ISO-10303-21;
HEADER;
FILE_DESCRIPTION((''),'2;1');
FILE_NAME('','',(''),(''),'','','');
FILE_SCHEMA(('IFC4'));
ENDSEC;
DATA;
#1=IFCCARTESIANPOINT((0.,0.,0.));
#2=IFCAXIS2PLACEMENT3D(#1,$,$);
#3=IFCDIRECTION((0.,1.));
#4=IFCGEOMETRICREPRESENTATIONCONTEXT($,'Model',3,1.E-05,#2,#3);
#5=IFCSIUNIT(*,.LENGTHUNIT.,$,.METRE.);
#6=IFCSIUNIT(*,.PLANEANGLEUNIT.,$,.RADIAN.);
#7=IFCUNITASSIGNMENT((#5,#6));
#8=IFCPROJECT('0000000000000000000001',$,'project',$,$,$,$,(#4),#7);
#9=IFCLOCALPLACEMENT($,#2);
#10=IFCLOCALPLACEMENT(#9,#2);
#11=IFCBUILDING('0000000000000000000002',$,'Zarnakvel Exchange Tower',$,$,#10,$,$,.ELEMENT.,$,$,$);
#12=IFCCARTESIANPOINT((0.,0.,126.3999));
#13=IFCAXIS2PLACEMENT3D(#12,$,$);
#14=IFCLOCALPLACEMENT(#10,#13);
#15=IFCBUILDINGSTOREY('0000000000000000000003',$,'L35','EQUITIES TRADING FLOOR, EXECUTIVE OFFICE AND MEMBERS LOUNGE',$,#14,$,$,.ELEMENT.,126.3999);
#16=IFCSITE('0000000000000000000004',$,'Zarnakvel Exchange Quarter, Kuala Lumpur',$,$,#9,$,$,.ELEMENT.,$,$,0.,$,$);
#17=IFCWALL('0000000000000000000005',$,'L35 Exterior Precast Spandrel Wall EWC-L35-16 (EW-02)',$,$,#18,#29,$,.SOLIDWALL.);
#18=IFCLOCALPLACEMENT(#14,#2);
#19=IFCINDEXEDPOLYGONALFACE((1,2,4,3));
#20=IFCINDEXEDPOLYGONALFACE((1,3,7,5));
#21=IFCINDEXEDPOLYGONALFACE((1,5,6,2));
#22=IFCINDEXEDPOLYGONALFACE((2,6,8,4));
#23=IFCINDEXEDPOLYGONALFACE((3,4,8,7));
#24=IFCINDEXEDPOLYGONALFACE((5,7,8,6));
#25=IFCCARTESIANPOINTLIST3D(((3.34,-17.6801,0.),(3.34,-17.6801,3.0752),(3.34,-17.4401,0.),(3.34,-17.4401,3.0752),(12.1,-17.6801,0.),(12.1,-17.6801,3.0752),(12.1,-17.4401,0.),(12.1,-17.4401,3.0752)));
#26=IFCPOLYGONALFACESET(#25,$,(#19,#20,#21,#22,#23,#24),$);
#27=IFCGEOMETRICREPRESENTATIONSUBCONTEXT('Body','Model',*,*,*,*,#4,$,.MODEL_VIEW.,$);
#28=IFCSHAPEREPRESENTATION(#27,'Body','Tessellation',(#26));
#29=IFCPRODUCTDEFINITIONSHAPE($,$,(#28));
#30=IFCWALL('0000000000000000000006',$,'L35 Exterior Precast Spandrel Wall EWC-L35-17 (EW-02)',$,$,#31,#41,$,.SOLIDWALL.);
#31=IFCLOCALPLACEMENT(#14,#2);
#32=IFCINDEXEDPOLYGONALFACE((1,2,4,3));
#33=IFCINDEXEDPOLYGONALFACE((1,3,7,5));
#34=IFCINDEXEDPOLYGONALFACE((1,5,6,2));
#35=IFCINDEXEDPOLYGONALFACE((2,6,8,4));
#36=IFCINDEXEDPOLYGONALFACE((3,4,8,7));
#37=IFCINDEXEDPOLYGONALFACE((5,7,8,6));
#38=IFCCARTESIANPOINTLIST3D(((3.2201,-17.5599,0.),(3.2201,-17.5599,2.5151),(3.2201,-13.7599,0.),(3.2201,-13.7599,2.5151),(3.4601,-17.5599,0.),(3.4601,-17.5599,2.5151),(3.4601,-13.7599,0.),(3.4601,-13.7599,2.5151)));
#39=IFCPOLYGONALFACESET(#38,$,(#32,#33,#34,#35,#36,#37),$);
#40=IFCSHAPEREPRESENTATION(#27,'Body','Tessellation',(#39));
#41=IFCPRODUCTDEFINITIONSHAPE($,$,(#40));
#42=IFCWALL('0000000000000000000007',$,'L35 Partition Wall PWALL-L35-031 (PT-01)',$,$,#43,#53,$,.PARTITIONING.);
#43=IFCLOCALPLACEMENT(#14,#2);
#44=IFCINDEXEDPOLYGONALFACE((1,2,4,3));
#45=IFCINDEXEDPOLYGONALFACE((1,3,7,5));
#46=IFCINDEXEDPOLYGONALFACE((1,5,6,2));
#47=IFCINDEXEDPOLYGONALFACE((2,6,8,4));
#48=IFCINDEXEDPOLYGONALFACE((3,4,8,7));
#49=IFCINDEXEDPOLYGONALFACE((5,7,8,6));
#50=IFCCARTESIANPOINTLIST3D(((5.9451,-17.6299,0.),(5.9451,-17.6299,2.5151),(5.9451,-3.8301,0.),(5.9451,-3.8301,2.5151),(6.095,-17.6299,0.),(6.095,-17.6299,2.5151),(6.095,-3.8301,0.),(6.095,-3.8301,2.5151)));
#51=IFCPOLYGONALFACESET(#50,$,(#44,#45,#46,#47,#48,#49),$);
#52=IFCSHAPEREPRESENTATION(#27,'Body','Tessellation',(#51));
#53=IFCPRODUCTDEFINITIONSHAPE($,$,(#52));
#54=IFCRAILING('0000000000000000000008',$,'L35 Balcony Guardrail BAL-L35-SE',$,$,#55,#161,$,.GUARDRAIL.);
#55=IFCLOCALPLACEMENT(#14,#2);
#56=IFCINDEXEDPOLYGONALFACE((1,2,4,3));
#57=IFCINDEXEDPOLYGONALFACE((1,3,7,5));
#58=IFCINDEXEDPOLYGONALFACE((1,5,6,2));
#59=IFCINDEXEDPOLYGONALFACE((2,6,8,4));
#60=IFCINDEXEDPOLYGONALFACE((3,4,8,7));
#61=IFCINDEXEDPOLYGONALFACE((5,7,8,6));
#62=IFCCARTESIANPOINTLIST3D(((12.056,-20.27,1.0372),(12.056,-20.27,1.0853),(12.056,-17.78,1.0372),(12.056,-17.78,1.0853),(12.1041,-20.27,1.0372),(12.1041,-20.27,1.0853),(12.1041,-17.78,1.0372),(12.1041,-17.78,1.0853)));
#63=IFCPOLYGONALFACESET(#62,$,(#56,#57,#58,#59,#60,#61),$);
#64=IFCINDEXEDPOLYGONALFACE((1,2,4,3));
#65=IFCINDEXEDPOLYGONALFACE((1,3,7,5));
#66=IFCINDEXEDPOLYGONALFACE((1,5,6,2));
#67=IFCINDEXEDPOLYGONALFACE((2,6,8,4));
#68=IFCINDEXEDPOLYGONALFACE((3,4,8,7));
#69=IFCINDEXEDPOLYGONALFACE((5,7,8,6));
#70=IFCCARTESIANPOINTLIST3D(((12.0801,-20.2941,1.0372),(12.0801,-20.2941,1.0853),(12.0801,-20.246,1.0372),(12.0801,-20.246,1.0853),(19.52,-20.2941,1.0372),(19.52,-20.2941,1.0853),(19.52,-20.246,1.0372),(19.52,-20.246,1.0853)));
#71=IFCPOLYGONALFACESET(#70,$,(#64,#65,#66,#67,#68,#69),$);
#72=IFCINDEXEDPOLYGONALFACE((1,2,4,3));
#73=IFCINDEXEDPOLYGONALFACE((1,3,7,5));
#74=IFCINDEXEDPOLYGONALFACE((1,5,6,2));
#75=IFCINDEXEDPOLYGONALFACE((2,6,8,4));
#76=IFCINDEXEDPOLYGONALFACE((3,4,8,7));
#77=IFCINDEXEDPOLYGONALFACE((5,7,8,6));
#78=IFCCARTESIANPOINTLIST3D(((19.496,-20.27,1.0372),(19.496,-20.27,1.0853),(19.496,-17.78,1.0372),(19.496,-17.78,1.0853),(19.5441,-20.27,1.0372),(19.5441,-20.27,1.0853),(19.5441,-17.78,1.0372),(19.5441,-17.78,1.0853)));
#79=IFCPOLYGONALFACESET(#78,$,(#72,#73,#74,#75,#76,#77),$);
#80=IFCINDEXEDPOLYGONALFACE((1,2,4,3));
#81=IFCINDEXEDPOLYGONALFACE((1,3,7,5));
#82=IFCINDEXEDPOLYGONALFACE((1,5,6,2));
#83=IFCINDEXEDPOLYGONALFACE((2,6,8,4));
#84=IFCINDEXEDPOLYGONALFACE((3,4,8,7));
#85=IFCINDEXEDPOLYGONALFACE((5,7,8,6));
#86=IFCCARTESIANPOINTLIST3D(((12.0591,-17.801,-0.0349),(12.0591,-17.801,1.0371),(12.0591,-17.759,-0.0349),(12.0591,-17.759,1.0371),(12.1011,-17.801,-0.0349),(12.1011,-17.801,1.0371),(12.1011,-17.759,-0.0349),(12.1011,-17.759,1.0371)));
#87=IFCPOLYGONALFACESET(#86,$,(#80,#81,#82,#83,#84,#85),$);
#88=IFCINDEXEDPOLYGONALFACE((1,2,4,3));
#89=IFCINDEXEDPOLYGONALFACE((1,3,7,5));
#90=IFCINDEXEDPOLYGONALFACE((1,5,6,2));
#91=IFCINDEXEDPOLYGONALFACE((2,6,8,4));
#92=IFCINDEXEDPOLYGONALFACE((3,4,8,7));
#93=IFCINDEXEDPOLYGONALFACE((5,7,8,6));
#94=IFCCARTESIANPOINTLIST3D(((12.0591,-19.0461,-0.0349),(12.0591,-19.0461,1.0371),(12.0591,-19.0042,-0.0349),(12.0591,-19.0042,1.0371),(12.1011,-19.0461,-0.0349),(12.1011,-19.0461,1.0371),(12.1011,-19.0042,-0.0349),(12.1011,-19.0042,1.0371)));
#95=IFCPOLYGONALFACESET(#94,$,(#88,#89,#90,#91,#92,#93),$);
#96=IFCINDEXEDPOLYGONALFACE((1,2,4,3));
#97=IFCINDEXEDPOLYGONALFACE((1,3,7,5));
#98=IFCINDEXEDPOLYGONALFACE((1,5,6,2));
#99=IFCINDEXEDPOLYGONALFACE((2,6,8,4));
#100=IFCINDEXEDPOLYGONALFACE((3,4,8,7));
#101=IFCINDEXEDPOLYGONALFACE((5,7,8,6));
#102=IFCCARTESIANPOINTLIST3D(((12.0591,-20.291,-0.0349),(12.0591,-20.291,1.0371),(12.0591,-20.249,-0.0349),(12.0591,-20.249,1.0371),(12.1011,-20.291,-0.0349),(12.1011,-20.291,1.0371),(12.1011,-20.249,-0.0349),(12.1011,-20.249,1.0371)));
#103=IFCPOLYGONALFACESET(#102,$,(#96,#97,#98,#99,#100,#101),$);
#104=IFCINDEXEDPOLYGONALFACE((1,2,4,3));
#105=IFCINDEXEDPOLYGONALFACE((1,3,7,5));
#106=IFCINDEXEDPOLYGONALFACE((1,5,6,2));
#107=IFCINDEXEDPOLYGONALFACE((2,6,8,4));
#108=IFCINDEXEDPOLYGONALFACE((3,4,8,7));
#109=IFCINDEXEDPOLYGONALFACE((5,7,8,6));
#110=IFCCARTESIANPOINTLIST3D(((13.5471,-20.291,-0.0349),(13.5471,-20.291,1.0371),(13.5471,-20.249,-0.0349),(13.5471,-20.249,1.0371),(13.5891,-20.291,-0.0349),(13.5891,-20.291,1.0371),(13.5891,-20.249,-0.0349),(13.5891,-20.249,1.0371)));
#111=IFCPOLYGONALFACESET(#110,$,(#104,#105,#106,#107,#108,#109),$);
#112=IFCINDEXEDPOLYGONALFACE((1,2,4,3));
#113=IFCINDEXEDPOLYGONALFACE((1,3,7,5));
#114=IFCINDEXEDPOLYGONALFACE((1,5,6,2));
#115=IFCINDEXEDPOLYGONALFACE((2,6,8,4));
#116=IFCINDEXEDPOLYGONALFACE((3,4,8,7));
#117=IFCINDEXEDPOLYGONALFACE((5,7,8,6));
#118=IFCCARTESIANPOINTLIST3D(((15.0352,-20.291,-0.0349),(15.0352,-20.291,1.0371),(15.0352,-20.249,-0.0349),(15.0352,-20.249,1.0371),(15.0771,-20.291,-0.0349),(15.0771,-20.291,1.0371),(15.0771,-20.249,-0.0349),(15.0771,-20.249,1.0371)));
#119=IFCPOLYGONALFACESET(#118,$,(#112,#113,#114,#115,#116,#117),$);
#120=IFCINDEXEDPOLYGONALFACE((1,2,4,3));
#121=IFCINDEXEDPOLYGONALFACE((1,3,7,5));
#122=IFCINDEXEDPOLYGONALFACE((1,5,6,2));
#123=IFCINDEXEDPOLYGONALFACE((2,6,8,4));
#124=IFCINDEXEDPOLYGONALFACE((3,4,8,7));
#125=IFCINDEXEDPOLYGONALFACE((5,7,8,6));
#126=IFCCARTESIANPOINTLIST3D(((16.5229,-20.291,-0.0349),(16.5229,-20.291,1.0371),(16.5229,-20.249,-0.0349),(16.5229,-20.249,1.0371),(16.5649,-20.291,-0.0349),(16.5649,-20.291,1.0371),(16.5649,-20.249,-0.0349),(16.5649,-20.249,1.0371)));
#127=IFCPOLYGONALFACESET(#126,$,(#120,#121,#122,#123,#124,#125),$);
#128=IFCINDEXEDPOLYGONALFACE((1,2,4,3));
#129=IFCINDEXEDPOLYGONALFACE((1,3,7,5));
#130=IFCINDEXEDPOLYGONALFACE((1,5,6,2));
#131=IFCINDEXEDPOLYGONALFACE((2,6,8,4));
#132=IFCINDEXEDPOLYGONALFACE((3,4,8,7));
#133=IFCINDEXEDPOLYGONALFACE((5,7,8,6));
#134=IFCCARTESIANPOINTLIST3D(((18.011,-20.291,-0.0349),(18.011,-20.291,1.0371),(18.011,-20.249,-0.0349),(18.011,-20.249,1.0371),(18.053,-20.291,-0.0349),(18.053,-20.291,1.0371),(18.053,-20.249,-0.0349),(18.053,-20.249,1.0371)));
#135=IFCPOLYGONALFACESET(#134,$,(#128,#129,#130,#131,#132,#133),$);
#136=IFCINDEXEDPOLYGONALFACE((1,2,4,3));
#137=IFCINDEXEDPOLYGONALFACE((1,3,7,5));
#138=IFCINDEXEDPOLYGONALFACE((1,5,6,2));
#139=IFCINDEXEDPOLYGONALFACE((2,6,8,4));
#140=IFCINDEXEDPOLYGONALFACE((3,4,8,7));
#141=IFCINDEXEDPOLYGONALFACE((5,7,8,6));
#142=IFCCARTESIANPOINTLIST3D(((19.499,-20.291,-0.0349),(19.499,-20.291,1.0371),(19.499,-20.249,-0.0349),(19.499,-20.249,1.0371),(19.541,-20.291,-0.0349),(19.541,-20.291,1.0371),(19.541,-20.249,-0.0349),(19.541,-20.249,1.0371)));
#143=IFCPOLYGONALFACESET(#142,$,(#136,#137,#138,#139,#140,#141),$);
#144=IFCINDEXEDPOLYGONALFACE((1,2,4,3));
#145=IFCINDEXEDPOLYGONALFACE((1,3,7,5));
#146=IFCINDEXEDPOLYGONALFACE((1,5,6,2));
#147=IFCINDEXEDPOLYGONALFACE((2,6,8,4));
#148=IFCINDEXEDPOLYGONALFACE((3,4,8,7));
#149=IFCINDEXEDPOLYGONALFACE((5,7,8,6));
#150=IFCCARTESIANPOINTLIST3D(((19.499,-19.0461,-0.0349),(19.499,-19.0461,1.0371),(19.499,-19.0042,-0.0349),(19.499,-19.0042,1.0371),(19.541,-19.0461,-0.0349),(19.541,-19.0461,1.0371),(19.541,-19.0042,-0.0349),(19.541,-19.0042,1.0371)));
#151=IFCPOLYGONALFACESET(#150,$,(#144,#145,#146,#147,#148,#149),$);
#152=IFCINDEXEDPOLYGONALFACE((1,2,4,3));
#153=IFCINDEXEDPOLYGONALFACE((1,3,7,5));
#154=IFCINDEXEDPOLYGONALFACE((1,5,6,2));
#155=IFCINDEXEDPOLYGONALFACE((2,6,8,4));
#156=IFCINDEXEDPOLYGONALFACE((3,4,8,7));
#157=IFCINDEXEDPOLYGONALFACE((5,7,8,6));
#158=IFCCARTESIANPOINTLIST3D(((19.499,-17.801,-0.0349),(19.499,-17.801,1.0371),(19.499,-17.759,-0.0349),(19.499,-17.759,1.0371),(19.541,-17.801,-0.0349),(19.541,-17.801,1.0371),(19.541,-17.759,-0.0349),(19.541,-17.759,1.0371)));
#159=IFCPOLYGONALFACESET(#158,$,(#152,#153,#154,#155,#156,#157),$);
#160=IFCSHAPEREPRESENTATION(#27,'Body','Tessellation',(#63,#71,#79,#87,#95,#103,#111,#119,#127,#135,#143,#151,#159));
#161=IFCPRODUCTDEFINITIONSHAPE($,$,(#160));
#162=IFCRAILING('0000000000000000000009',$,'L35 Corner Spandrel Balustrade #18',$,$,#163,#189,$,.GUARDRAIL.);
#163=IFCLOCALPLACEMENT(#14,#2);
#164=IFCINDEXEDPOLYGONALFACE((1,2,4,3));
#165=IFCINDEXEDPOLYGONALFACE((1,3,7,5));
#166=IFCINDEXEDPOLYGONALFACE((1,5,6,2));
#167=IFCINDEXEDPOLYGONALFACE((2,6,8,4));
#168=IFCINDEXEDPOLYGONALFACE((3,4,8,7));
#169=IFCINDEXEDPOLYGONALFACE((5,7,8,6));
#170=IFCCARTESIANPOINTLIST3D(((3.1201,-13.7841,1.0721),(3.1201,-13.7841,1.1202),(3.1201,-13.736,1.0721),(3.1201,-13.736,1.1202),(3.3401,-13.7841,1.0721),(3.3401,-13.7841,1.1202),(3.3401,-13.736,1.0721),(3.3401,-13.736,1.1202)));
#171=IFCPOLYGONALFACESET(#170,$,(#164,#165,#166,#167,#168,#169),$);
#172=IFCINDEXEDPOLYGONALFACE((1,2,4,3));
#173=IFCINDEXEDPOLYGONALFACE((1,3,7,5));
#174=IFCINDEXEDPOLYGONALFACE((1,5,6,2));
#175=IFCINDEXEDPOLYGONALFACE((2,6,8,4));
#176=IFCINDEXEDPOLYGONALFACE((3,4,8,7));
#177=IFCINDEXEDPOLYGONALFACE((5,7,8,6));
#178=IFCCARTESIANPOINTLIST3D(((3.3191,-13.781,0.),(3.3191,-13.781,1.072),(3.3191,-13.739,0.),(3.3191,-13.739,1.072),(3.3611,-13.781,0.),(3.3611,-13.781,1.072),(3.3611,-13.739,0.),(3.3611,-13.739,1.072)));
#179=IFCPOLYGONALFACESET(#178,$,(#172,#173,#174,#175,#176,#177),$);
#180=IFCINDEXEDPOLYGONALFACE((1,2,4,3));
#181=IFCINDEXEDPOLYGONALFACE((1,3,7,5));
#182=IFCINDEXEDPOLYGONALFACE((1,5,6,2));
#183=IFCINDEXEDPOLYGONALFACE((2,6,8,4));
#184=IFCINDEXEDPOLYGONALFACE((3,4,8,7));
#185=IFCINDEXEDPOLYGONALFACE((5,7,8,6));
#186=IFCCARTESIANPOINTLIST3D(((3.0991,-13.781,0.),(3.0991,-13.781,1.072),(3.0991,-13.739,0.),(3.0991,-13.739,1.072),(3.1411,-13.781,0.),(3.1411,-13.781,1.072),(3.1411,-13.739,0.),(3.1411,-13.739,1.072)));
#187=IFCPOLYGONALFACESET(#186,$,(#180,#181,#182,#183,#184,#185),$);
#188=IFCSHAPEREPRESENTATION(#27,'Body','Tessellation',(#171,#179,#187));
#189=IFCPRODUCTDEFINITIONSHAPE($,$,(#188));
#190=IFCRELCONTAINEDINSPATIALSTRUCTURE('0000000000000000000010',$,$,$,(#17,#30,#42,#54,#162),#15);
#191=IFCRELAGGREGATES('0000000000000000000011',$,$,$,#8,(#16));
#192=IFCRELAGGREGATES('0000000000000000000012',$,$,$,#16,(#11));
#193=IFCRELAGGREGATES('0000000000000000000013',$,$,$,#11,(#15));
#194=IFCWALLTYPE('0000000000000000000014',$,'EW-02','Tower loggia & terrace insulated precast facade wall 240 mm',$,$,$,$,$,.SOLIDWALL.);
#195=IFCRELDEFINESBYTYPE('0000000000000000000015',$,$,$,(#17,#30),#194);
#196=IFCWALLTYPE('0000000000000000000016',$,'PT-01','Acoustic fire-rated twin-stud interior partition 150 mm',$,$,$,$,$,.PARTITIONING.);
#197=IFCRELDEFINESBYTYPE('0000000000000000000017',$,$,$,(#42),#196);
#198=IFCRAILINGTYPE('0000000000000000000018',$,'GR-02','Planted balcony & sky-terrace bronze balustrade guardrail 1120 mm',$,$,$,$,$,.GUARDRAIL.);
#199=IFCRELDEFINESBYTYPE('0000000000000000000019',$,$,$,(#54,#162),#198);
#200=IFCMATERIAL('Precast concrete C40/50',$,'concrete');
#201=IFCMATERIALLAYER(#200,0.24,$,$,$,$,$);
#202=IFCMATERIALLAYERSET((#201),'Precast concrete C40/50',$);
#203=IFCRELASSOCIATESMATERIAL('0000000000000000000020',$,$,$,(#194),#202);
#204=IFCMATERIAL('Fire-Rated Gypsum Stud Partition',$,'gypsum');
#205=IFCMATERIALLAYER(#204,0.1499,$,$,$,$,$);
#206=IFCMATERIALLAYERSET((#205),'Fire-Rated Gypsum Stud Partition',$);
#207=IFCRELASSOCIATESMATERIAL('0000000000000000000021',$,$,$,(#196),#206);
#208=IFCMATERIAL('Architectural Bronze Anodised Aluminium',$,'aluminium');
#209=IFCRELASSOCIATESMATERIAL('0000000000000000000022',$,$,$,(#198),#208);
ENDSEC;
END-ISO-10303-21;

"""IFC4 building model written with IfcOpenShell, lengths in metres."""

from ifc_helpers import new_model, si_unit, direction, frame, frame_2d, origin, origin_2d, place, context, subcontext, project, spatial, rectangle, extrude, material, layer, layer_set, type_object, element, save


model = new_model("IFC4")

# Units and contexts
model_context = context("Model", 3, precision=1e-05, world=origin(), true_north=direction((0.0, 1.0)))
body_context = subcontext(model_context, "Body", "Model", "MODEL_VIEW")
ifc_project = project(units=[si_unit("LENGTHUNIT", "METRE"), si_unit("PLANEANGLEUNIT", "RADIAN")], contexts=[model_context])

# Site, building, storey
site_placement = place(None, origin())
site = spatial("IfcSite", under=ifc_project, at=site_placement, Name="Zarnakvel Exchange Quarter, Kuala Lumpur", CompositionType="ELEMENT", RefElevation=0.0)
building_placement = place(site_placement, origin())
building = spatial("IfcBuilding", under=site, at=building_placement, Name="Zarnakvel Exchange Tower", CompositionType="ELEMENT")
storey_placement = place(building_placement, frame((0.0, 0.0, 126.3999)))
storey = spatial("IfcBuildingStorey", under=building, at=storey_placement, Name="L35", Description="EQUITIES TRADING FLOOR, EXECUTIVE OFFICE AND MEMBERS LOUNGE", CompositionType="ELEMENT", Elevation=126.3999)

# Shared definitions
ifc_material_1 = material(Name="Architectural Bronze Anodised Aluminium", Category="aluminium")

# Walls
ifc_material_2 = material(Name="Precast concrete C40/50", Category="concrete")
ifc_layer_1 = layer(ifc_material_2, 0.24)
ifc_layer_set_1 = layer_set([ifc_layer_1], Name="Precast concrete C40/50")
wall_type_1 = type_object("IfcWallType", Name="EW-02", Description="Tower loggia & terrace insulated precast facade wall 240 mm", PredefinedType="SOLIDWALL", material=ifc_layer_set_1)
wall_1_placement = place(storey_placement, frame((3.3401, -17.5601, 0.0), z_axis=(0.0, 0.0, 1.0), x_axis=(1.0, 0.0, 0.0)))
element("IfcWall", 1, at=wall_1_placement, inside=storey, type_object=wall_type_1, Name="L35 Exterior Precast Spandrel Wall EWC-L35-16 (EW-02)", PredefinedType="SOLIDWALL", context=body_context, shape_type="SweptSolid", body=[
    extrude(rectangle(XDim=8.76, YDim=0.24, at=frame_2d((4.3799, 0.0))), origin(), (0.0, 0.0, 1.0), 3.0752),
])
wall_2_placement = place(storey_placement, frame((3.3401, -13.76, 0.0), z_axis=(0.0, 0.0, 1.0), x_axis=(0.0, -1.0, 0.0)))
element("IfcWall", 2, at=wall_2_placement, inside=storey, type_object=wall_type_1, Name="L35 Exterior Precast Spandrel Wall EWC-L35-17 (EW-02)", PredefinedType="SOLIDWALL", context=body_context, shape_type="SweptSolid", body=[
    extrude(rectangle(XDim=3.8, YDim=0.24, at=frame_2d((1.8999, 0.0))), origin(), (0.0, 0.0, 1.0), 2.5151),
])
ifc_material_3 = material(Name="Fire-Rated Gypsum Stud Partition", Category="gypsum")
ifc_layer_2 = layer(ifc_material_3, 0.1499)
ifc_layer_set_2 = layer_set([ifc_layer_2], Name="Fire-Rated Gypsum Stud Partition")
wall_type_2 = type_object("IfcWallType", Name="PT-01", Description="Acoustic fire-rated twin-stud interior partition 150 mm", PredefinedType="PARTITIONING", material=ifc_layer_set_2)
wall_3_placement = place(storey_placement, frame((6.02, -17.6299, 0.0), z_axis=(0.0, 0.0, 1.0), x_axis=(0.0, 1.0, 0.0)))
element("IfcWall", 3, at=wall_3_placement, inside=storey, type_object=wall_type_2, Name="L35 Partition Wall PWALL-L35-031 (PT-01)", PredefinedType="PARTITIONING", context=body_context, shape_type="SweptSolid", body=[
    extrude(rectangle(XDim=13.7998, YDim=0.1499, at=frame_2d((6.8999, 0.0))), origin(), (0.0, 0.0, 1.0), 2.5151),
])

# Railings
railing_type = type_object("IfcRailingType", Name="GR-02", Description="Planted balcony & sky-terrace bronze balustrade guardrail 1120 mm", PredefinedType="GUARDRAIL", material=ifc_material_1)
railing_1_placement = place(storey_placement, frame((12.0801, -17.78, -0.0349)))
element("IfcRailing", 4, at=railing_1_placement, inside=storey, type_object=railing_type, Name="L35 Balcony Guardrail BAL-L35-SE", PredefinedType="GUARDRAIL", context=body_context, shape_type="SweptSolid", body=[
    extrude(rectangle(XDim=0.0481, YDim=0.0481, at=origin_2d()), frame((0.0, 0.0, 1.0962), z_axis=(0.0, -1.0, 0.0), x_axis=(1.0, 0.0, 0.0)), (0.0, 0.0, 1.0), 2.49),
    extrude(rectangle(XDim=0.0481, YDim=0.0481, at=origin_2d()), frame((0.0, -2.49, 1.0962), z_axis=(1.0, 0.0, 0.0), x_axis=(0.0, 1.0, 0.0)), (0.0, 0.0, 1.0), 7.4399),
    extrude(rectangle(XDim=0.0481, YDim=0.0481, at=origin_2d()), frame((7.4399, -2.49, 1.0962), z_axis=(0.0, 1.0, 0.0), x_axis=(-1.0, 0.0, 0.0)), (0.0, 0.0, 1.0), 2.49),
    extrude(rectangle(XDim=0.042, YDim=0.042, at=origin_2d()), origin(), (0.0, 0.0, 1.0), 1.072),
    extrude(rectangle(XDim=0.042, YDim=0.042, at=origin_2d()), frame((0.0, -1.2451, 0.0)), (0.0, 0.0, 1.0), 1.072),
    extrude(rectangle(XDim=0.042, YDim=0.042, at=origin_2d()), frame((0.0, -2.49, 0.0)), (0.0, 0.0, 1.0), 1.072),
    extrude(rectangle(XDim=0.042, YDim=0.042, at=origin_2d()), frame((1.488, -2.49, 0.0)), (0.0, 0.0, 1.0), 1.072),
    extrude(rectangle(XDim=0.042, YDim=0.042, at=origin_2d()), frame((2.9761, -2.49, 0.0)), (0.0, 0.0, 1.0), 1.072),
    extrude(rectangle(XDim=0.042, YDim=0.042, at=origin_2d()), frame((4.4639, -2.49, 0.0)), (0.0, 0.0, 1.0), 1.072),
    extrude(rectangle(XDim=0.042, YDim=0.042, at=origin_2d()), frame((5.9519, -2.49, 0.0)), (0.0, 0.0, 1.0), 1.072),
    extrude(rectangle(XDim=0.042, YDim=0.042, at=origin_2d()), frame((7.4399, -2.49, 0.0)), (0.0, 0.0, 1.0), 1.072),
    extrude(rectangle(XDim=0.042, YDim=0.042, at=origin_2d()), frame((7.4399, -1.2451, 0.0)), (0.0, 0.0, 1.0), 1.072),
    extrude(rectangle(XDim=0.042, YDim=0.042, at=origin_2d()), frame((7.4399, 0.0, 0.0)), (0.0, 0.0, 1.0), 1.072),
])
railing_2_placement = place(storey_placement, frame((3.3401, -13.76, 0.0)))
element("IfcRailing", 5, at=railing_2_placement, inside=storey, type_object=railing_type, Name="L35 Corner Spandrel Balustrade #18", PredefinedType="GUARDRAIL", context=body_context, shape_type="SweptSolid", body=[
    extrude(rectangle(XDim=0.0481, YDim=0.0481, at=origin_2d()), frame((0.0, 0.0, 1.0962), z_axis=(-1.0, 0.0, 0.0), x_axis=(0.0, -1.0, 0.0)), (0.0, 0.0, 1.0), 0.22),
    extrude(rectangle(XDim=0.042, YDim=0.042, at=origin_2d()), origin(), (0.0, 0.0, 1.0), 1.072),
    extrude(rectangle(XDim=0.042, YDim=0.042, at=origin_2d()), frame((-0.22, 0.0, 0.0)), (0.0, 0.0, 1.0), 1.072),
])

save(model, "model.ifc")
